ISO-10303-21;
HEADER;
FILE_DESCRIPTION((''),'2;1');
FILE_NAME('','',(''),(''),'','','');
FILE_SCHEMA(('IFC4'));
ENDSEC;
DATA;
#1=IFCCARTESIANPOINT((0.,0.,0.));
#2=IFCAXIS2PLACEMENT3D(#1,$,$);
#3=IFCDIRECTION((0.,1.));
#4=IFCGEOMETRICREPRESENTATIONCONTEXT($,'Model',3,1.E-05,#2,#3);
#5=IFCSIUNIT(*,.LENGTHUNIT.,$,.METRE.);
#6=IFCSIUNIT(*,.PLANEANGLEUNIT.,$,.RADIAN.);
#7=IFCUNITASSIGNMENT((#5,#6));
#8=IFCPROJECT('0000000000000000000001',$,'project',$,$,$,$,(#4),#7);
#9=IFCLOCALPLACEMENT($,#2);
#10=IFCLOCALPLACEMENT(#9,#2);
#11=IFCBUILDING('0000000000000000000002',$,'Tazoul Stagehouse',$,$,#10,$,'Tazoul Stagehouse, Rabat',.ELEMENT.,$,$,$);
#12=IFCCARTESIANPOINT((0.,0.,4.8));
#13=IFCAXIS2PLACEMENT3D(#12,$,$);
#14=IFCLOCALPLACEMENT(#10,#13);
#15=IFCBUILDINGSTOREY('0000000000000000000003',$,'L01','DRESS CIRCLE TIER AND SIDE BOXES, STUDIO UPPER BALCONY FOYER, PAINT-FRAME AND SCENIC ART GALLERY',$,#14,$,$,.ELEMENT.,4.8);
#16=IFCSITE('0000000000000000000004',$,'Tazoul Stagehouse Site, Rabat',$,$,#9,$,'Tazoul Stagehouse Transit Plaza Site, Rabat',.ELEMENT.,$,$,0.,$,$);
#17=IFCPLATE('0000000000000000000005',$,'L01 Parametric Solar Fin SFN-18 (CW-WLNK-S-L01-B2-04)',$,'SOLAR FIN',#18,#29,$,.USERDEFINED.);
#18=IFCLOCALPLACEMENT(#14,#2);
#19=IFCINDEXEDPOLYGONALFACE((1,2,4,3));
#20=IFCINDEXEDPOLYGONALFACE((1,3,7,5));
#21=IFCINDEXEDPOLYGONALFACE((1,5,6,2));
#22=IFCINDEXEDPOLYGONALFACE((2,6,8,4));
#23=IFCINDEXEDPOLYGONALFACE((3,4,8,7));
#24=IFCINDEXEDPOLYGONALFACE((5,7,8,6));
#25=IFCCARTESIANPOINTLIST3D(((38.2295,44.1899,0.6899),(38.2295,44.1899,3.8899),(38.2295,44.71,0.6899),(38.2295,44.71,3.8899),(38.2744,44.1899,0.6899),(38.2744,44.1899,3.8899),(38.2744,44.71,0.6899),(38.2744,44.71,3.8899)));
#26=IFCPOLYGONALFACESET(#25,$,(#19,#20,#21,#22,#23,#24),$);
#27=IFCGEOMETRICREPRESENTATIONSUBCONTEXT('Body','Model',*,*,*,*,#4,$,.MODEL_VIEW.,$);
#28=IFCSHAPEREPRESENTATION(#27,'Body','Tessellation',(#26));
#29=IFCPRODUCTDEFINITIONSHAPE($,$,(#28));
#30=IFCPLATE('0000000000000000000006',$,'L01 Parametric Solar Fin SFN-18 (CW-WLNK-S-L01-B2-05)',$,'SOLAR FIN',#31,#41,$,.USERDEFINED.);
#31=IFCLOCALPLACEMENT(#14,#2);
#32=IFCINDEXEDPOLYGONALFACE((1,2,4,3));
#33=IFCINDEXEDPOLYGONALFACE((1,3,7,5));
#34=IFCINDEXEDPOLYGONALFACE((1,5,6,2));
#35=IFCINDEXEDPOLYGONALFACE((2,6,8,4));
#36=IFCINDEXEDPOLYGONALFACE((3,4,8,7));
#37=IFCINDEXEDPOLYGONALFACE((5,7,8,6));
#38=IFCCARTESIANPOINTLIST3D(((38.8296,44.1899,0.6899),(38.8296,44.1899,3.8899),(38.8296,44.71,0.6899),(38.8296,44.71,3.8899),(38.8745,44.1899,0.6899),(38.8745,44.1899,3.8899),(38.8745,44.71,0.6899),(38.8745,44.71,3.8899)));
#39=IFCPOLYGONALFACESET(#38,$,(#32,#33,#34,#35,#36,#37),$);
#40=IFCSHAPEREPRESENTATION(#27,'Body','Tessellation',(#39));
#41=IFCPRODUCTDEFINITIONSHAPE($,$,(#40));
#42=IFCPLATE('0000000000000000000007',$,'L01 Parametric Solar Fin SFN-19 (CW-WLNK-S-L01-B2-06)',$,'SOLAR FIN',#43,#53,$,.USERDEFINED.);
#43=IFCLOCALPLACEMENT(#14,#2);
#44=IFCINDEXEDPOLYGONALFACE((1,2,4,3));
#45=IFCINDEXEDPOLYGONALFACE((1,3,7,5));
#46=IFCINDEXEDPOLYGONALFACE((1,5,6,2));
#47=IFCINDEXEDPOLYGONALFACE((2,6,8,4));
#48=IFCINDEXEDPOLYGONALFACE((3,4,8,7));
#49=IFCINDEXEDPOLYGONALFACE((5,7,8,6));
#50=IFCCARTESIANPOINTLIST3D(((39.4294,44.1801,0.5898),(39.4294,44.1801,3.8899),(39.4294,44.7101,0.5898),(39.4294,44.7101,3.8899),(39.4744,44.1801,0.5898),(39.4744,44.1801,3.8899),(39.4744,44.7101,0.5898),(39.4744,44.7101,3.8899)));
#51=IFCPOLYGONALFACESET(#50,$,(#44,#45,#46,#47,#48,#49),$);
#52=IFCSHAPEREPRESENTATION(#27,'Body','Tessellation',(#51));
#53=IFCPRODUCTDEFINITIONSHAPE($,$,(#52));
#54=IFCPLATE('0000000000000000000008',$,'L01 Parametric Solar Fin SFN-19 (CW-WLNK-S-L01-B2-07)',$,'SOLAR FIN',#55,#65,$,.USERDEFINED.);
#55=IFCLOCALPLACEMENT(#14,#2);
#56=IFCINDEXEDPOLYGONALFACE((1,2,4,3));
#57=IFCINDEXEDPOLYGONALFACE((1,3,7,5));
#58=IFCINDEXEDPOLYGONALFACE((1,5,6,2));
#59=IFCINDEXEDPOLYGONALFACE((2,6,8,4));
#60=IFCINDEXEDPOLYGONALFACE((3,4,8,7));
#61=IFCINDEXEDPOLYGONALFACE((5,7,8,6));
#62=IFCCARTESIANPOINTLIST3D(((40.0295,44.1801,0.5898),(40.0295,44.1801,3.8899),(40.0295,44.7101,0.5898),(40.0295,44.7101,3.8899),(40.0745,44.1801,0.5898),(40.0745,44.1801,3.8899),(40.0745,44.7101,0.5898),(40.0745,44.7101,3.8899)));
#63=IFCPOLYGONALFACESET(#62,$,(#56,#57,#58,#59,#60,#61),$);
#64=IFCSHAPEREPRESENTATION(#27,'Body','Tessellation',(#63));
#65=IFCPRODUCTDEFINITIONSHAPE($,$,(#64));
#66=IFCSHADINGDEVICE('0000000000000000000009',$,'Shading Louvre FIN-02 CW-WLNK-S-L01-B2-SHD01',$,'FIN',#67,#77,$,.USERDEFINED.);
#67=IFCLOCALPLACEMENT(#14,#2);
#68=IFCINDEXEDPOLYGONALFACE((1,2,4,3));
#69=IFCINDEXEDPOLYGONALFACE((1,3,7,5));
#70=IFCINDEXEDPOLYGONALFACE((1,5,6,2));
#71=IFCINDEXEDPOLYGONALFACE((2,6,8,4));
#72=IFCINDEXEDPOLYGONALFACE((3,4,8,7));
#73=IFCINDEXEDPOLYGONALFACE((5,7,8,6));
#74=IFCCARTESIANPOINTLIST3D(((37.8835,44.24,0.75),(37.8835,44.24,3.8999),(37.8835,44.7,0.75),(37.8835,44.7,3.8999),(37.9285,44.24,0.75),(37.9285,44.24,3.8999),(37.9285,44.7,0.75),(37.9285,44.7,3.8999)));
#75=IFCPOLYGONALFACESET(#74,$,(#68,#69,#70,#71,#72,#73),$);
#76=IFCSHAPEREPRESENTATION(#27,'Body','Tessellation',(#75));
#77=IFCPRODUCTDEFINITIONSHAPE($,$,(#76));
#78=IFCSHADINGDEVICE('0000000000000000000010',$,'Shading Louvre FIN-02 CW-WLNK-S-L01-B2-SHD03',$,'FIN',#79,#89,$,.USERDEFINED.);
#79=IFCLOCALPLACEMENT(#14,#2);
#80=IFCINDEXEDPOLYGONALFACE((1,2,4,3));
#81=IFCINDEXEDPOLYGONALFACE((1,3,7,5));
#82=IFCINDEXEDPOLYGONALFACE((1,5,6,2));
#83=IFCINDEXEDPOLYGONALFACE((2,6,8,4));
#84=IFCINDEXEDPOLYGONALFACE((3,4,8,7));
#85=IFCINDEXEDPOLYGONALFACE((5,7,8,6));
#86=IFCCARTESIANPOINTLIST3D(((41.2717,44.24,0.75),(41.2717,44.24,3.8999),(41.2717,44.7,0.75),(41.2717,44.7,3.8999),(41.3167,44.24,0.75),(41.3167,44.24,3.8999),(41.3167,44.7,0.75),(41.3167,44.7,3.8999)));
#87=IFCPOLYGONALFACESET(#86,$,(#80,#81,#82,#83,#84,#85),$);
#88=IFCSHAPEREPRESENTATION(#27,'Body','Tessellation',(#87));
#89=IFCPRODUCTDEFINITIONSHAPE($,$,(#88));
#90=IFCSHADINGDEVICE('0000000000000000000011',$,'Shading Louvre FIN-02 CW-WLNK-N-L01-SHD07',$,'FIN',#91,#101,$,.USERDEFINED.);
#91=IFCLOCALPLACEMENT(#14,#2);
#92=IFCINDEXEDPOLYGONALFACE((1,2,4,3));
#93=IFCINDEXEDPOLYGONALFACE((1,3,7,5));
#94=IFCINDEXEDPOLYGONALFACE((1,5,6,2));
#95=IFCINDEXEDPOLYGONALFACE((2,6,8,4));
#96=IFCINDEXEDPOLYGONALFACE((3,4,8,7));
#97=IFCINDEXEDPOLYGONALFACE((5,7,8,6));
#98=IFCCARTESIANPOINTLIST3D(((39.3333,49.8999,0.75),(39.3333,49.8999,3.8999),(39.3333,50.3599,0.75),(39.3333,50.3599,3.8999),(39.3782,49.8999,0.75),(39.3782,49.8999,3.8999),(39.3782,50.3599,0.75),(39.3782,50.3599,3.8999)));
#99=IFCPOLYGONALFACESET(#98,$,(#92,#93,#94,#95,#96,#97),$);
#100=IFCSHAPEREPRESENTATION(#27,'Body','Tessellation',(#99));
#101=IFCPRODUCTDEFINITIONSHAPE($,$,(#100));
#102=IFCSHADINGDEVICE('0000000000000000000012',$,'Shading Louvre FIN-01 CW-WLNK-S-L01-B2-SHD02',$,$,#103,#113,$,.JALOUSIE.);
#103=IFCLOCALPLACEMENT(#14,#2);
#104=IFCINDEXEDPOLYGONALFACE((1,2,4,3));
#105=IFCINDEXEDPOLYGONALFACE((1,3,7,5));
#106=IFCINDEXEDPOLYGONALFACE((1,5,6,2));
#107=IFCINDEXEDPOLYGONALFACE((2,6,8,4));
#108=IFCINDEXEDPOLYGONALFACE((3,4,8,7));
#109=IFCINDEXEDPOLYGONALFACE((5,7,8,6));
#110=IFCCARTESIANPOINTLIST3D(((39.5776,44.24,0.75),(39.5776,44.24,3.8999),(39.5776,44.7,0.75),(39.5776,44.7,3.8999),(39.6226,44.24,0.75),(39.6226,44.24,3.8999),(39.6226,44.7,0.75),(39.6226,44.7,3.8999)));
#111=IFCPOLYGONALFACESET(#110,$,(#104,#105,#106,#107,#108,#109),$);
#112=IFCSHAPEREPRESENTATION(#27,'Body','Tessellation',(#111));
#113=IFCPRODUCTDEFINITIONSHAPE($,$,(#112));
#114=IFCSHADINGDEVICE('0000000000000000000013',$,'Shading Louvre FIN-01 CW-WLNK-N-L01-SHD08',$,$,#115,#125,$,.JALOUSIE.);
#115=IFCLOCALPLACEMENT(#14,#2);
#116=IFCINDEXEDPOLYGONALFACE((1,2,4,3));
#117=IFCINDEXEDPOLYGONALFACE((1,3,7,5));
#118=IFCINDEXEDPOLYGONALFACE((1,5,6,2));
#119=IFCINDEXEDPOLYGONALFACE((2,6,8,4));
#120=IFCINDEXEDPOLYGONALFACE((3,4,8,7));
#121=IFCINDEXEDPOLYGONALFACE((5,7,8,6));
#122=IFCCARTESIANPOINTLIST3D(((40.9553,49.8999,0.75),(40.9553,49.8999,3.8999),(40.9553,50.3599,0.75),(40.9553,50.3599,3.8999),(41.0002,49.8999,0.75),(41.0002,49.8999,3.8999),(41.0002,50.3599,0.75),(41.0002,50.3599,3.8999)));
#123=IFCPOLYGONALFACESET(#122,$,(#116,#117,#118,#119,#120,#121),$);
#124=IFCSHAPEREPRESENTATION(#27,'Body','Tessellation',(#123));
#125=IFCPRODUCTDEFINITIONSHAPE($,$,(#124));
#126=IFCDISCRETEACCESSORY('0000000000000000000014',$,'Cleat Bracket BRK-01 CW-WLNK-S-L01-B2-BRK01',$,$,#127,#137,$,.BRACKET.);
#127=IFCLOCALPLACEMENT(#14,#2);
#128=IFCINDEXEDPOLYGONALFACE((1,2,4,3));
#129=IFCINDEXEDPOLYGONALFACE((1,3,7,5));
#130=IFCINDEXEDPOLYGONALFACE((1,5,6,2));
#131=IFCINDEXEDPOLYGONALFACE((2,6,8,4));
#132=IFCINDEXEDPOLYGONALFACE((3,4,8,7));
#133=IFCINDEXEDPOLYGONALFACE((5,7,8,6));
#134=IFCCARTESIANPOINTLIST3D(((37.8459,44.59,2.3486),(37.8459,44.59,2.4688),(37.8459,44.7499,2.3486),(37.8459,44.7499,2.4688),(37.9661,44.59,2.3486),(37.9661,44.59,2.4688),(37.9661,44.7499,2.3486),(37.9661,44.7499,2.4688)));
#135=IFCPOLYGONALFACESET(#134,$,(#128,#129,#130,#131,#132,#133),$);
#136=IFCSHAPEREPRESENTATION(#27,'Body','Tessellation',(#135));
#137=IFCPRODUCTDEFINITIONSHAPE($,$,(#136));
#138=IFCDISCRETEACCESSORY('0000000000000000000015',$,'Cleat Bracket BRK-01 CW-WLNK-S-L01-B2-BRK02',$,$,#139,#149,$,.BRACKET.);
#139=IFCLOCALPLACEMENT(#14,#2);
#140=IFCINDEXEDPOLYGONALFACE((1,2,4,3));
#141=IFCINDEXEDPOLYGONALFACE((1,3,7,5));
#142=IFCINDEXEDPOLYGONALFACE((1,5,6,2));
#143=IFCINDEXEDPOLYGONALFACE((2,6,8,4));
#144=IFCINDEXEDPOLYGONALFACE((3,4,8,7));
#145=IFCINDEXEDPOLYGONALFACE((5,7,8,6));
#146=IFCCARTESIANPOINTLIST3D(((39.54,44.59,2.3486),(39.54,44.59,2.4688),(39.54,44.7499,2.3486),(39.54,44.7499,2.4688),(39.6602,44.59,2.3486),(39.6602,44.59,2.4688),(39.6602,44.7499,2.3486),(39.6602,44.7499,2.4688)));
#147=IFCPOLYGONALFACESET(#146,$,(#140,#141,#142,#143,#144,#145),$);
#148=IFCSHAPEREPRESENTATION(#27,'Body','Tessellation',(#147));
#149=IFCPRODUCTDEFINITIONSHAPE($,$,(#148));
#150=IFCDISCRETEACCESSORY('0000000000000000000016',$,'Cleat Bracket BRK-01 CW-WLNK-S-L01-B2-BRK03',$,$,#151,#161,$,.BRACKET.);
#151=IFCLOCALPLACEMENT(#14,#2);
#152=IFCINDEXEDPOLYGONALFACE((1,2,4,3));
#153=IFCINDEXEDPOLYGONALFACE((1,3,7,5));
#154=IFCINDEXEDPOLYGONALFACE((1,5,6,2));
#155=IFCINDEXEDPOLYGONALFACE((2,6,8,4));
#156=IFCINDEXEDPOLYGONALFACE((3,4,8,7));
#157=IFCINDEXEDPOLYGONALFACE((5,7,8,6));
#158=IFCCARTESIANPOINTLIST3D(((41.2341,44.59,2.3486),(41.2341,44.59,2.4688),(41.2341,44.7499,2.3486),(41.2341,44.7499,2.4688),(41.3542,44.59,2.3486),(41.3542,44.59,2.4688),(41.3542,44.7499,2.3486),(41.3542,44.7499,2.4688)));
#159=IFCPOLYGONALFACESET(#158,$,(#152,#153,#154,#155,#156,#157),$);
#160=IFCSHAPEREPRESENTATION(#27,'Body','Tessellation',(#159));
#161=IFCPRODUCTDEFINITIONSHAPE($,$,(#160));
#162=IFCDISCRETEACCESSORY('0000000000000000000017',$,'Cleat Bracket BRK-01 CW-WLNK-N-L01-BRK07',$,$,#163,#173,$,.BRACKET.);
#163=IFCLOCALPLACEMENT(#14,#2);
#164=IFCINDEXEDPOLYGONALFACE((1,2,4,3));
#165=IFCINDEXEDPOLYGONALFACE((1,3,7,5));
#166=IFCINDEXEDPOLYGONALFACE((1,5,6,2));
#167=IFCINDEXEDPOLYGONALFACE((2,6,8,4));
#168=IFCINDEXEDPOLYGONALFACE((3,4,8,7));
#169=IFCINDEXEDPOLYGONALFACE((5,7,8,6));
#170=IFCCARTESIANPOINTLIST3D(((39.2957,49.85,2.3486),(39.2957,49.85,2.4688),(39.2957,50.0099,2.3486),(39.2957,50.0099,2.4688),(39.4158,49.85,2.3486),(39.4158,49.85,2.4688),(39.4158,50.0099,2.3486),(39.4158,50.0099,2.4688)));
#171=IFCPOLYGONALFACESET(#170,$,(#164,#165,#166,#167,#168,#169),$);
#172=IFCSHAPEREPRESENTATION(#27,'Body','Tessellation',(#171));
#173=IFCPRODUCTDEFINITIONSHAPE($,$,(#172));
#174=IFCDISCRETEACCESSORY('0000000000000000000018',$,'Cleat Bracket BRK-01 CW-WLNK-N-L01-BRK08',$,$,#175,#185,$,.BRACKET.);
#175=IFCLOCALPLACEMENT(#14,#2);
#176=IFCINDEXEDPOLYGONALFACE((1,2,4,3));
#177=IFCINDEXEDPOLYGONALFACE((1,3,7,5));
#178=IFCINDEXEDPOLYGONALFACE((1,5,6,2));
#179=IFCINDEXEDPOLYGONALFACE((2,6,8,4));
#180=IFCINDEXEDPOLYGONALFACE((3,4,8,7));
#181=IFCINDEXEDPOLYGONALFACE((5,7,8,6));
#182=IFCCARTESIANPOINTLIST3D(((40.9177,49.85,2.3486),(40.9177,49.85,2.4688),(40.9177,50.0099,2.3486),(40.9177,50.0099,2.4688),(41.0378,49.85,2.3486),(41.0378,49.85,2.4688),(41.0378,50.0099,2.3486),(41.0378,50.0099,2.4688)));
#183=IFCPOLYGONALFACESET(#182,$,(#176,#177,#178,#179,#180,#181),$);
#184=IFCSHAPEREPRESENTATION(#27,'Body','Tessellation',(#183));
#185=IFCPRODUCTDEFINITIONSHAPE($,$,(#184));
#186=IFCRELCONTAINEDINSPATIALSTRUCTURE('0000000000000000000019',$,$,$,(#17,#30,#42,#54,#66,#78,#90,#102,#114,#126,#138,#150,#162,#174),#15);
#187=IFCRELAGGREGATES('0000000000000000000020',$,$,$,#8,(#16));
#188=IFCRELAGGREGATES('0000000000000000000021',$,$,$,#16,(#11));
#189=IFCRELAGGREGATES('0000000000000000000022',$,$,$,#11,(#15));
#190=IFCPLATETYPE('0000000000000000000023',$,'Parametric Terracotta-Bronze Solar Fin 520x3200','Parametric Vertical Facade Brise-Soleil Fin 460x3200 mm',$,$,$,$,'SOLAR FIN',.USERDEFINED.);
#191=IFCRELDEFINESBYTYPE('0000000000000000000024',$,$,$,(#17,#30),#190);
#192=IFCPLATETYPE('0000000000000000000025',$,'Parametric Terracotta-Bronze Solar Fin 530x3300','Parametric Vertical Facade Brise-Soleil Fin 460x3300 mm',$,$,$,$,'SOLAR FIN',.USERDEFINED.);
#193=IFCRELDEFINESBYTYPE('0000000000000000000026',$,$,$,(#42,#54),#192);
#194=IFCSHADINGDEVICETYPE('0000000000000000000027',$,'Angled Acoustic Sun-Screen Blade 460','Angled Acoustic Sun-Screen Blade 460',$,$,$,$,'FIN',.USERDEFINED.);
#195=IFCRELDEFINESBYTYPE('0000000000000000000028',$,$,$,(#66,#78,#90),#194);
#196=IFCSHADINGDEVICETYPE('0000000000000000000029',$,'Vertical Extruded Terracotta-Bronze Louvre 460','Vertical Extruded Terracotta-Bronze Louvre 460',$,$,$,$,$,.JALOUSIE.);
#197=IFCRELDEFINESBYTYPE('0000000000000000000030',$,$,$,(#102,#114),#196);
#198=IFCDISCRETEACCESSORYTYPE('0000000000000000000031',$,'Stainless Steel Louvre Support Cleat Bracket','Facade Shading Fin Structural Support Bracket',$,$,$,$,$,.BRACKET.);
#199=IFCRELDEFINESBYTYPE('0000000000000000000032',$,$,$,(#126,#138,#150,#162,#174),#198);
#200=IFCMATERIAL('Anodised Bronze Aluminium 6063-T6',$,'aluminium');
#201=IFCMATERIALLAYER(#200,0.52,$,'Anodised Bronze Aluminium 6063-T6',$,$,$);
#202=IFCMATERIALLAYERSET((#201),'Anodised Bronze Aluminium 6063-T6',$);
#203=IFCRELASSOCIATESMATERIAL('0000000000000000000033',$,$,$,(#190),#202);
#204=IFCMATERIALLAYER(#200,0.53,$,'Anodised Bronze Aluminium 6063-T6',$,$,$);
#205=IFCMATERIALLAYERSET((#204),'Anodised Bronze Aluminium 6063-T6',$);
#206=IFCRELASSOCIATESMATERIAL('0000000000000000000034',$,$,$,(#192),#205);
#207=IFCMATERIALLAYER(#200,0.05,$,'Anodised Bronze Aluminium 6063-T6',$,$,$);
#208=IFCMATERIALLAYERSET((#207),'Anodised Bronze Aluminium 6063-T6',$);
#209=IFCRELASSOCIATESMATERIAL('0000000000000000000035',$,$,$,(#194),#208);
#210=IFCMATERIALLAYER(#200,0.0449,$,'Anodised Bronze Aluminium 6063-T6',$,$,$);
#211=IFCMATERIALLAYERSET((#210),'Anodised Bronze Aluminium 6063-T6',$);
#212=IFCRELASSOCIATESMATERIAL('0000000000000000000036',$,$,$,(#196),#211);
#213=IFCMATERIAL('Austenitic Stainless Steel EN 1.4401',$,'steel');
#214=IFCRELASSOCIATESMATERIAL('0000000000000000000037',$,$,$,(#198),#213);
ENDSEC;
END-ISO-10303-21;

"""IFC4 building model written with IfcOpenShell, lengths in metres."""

from ifc_helpers import new_model, si_unit, direction, frame, origin, origin_2d, place, context, subcontext, project, spatial, rectangle, extrude, material, layer, layer_set, type_object, element, save


model = new_model("IFC4")

# Units and contexts
model_context = context("Model", 3, precision=1e-05, world=origin(), true_north=direction((0.0, 1.0)))
body_context = subcontext(model_context, "Body", "Model", "MODEL_VIEW")
ifc_project = project(units=[si_unit("LENGTHUNIT", "METRE"), si_unit("PLANEANGLEUNIT", "RADIAN")], contexts=[model_context])

# Site, building, storey
site_placement = place(None, origin())
site = spatial("IfcSite", under=ifc_project, at=site_placement, Name="Tazoul Stagehouse Site, Rabat", LongName="Tazoul Stagehouse Transit Plaza Site, Rabat", CompositionType="ELEMENT", RefElevation=0.0)
building_placement = place(site_placement, origin())
building = spatial("IfcBuilding", under=site, at=building_placement, Name="Tazoul Stagehouse", LongName="Tazoul Stagehouse, Rabat", CompositionType="ELEMENT")
storey_placement = place(building_placement, frame((0.0, 0.0, 4.8)))
storey = spatial("IfcBuildingStorey", under=building, at=storey_placement, Name="L01", Description="DRESS CIRCLE TIER AND SIDE BOXES, STUDIO UPPER BALCONY FOYER, PAINT-FRAME AND SCENIC ART GALLERY", CompositionType="ELEMENT", Elevation=4.8)

# Plates
ifc_material_1 = material(Name="Anodised Bronze Aluminium 6063-T6", Category="aluminium")
ifc_layer_1 = layer(ifc_material_1, 0.52, Name="Anodised Bronze Aluminium 6063-T6")
ifc_layer_set_1 = layer_set([ifc_layer_1], Name="Anodised Bronze Aluminium 6063-T6")
plate_type_1 = type_object("IfcPlateType", Name="Parametric Terracotta-Bronze Solar Fin 520x3200", Description="Parametric Vertical Facade Brise-Soleil Fin 460x3200 mm", ElementType="SOLAR FIN", PredefinedType="USERDEFINED", material=ifc_layer_set_1)
for number, where, z_axis, x_axis, name in (
    (1, (38.252, 44.45, 0.6899), (0.0, 0.0, 1.0), (1.0, 0.0, 0.0), "L01 Parametric Solar Fin SFN-18 (CW-WLNK-S-L01-B2-04)"),
    (2, (38.8521, 44.45, 0.6899), (0.0, 0.0, 1.0), (1.0, 0.0, 0.0), "L01 Parametric Solar Fin SFN-18 (CW-WLNK-S-L01-B2-05)"),
):
    element("IfcPlate", number, at=place(storey_placement, frame(where, z_axis=z_axis, x_axis=x_axis)), inside=storey, type_object=plate_type_1, Name=name, ObjectType="SOLAR FIN", PredefinedType="USERDEFINED", context=body_context, shape_type="SweptSolid", body=[
        extrude(rectangle(XDim=0.0449, YDim=0.52, at=origin_2d()), origin(), (0.0, 0.0, 1.0), 3.2),
    ])
ifc_layer_2 = layer(ifc_material_1, 0.53, Name="Anodised Bronze Aluminium 6063-T6")
ifc_layer_set_2 = layer_set([ifc_layer_2], Name="Anodised Bronze Aluminium 6063-T6")
plate_type_2 = type_object("IfcPlateType", Name="Parametric Terracotta-Bronze Solar Fin 530x3300", Description="Parametric Vertical Facade Brise-Soleil Fin 460x3300 mm", ElementType="SOLAR FIN", PredefinedType="USERDEFINED", material=ifc_layer_set_2)
for number, where, z_axis, x_axis, name in (
    (3, (39.4519, 44.4451, 0.5898), (0.0, 0.0, 1.0), (1.0, 0.0, 0.0), "L01 Parametric Solar Fin SFN-19 (CW-WLNK-S-L01-B2-06)"),
    (4, (40.052, 44.4451, 0.5898), (0.0, 0.0, 1.0), (1.0, 0.0, 0.0), "L01 Parametric Solar Fin SFN-19 (CW-WLNK-S-L01-B2-07)"),
):
    element("IfcPlate", number, at=place(storey_placement, frame(where, z_axis=z_axis, x_axis=x_axis)), inside=storey, type_object=plate_type_2, Name=name, ObjectType="SOLAR FIN", PredefinedType="USERDEFINED", context=body_context, shape_type="SweptSolid", body=[
        extrude(rectangle(XDim=0.0449, YDim=0.53, at=origin_2d()), origin(), (0.0, 0.0, 1.0), 3.3),
    ])

# Shading devices
ifc_layer_3 = layer(ifc_material_1, 0.05, Name="Anodised Bronze Aluminium 6063-T6")
ifc_layer_set_3 = layer_set([ifc_layer_3], Name="Anodised Bronze Aluminium 6063-T6")
shading_device_type_1 = type_object("IfcShadingDeviceType", Name="Angled Acoustic Sun-Screen Blade 460", Description="Angled Acoustic Sun-Screen Blade 460", ElementType="FIN", PredefinedType="USERDEFINED", material=ifc_layer_set_3)
for number, where, z_axis, x_axis, name in (
    (5, (37.906, 44.47, 0.75), (0.0, 0.0, 1.0), (1.0, 0.0, 0.0), "Shading Louvre FIN-02 CW-WLNK-S-L01-B2-SHD01"),
    (6, (41.2942, 44.47, 0.75), (0.0, 0.0, 1.0), (1.0, 0.0, 0.0), "Shading Louvre FIN-02 CW-WLNK-S-L01-B2-SHD03"),
    (7, (39.3557, 50.1299, 0.75), (0.0, 0.0, 1.0), (1.0, 0.0, 0.0), "Shading Louvre FIN-02 CW-WLNK-N-L01-SHD07"),
):
    element("IfcShadingDevice", number, at=place(storey_placement, frame(where, z_axis=z_axis, x_axis=x_axis)), inside=storey, type_object=shading_device_type_1, Name=name, ObjectType="FIN", PredefinedType="USERDEFINED", context=body_context, shape_type="SweptSolid", body=[
        extrude(rectangle(XDim=0.0449, YDim=0.46, at=origin_2d()), origin(), (0.0, 0.0, 1.0), 3.1499),
    ])
ifc_layer_4 = layer(ifc_material_1, 0.0449, Name="Anodised Bronze Aluminium 6063-T6")
ifc_layer_set_4 = layer_set([ifc_layer_4], Name="Anodised Bronze Aluminium 6063-T6")
shading_device_type_2 = type_object("IfcShadingDeviceType", Name="Vertical Extruded Terracotta-Bronze Louvre 460", Description="Vertical Extruded Terracotta-Bronze Louvre 460", PredefinedType="JALOUSIE", material=ifc_layer_set_4)
for number, where, z_axis, x_axis, name in (
    (8, (39.6001, 44.47, 0.75), (0.0, 0.0, 1.0), (1.0, 0.0, 0.0), "Shading Louvre FIN-01 CW-WLNK-S-L01-B2-SHD02"),
    (9, (40.9778, 50.1299, 0.75), (0.0, 0.0, 1.0), (1.0, 0.0, 0.0), "Shading Louvre FIN-01 CW-WLNK-N-L01-SHD08"),
):
    element("IfcShadingDevice", number, at=place(storey_placement, frame(where, z_axis=z_axis, x_axis=x_axis)), inside=storey, type_object=shading_device_type_2, Name=name, PredefinedType="JALOUSIE", context=body_context, shape_type="SweptSolid", body=[
        extrude(rectangle(XDim=0.0449, YDim=0.46, at=origin_2d()), origin(), (0.0, 0.0, 1.0), 3.1499),
    ])

# Discrete accessories
ifc_material_2 = material(Name="Austenitic Stainless Steel EN 1.4401", Category="steel")
discrete_accessory_type = type_object("IfcDiscreteAccessoryType", Name="Stainless Steel Louvre Support Cleat Bracket", Description="Facade Shading Fin Structural Support Bracket", PredefinedType="BRACKET", material=ifc_material_2)
for number, where, z_axis, x_axis, name in (
    (10, (37.906, 44.6699, 2.3486), (0.0, 0.0, 1.0), (1.0, 0.0, 0.0), "Cleat Bracket BRK-01 CW-WLNK-S-L01-B2-BRK01"),
    (11, (39.6001, 44.6699, 2.3486), (0.0, 0.0, 1.0), (1.0, 0.0, 0.0), "Cleat Bracket BRK-01 CW-WLNK-S-L01-B2-BRK02"),
    (12, (41.2942, 44.6699, 2.3486), (0.0, 0.0, 1.0), (1.0, 0.0, 0.0), "Cleat Bracket BRK-01 CW-WLNK-S-L01-B2-BRK03"),
    (13, (39.3557, 49.9299, 2.3486), (0.0, 0.0, 1.0), (1.0, 0.0, 0.0), "Cleat Bracket BRK-01 CW-WLNK-N-L01-BRK07"),
    (14, (40.9778, 49.9299, 2.3486), (0.0, 0.0, 1.0), (1.0, 0.0, 0.0), "Cleat Bracket BRK-01 CW-WLNK-N-L01-BRK08"),
):
    element("IfcDiscreteAccessory", number, at=place(storey_placement, frame(where, z_axis=z_axis, x_axis=x_axis)), inside=storey, type_object=discrete_accessory_type, Name=name, PredefinedType="BRACKET", context=body_context, shape_type="SweptSolid", body=[
        extrude(rectangle(XDim=0.1201, YDim=0.1599, at=origin_2d()), origin(), (0.0, 0.0, 1.0), 0.1201),
    ])

save(model, "model.ifc")
